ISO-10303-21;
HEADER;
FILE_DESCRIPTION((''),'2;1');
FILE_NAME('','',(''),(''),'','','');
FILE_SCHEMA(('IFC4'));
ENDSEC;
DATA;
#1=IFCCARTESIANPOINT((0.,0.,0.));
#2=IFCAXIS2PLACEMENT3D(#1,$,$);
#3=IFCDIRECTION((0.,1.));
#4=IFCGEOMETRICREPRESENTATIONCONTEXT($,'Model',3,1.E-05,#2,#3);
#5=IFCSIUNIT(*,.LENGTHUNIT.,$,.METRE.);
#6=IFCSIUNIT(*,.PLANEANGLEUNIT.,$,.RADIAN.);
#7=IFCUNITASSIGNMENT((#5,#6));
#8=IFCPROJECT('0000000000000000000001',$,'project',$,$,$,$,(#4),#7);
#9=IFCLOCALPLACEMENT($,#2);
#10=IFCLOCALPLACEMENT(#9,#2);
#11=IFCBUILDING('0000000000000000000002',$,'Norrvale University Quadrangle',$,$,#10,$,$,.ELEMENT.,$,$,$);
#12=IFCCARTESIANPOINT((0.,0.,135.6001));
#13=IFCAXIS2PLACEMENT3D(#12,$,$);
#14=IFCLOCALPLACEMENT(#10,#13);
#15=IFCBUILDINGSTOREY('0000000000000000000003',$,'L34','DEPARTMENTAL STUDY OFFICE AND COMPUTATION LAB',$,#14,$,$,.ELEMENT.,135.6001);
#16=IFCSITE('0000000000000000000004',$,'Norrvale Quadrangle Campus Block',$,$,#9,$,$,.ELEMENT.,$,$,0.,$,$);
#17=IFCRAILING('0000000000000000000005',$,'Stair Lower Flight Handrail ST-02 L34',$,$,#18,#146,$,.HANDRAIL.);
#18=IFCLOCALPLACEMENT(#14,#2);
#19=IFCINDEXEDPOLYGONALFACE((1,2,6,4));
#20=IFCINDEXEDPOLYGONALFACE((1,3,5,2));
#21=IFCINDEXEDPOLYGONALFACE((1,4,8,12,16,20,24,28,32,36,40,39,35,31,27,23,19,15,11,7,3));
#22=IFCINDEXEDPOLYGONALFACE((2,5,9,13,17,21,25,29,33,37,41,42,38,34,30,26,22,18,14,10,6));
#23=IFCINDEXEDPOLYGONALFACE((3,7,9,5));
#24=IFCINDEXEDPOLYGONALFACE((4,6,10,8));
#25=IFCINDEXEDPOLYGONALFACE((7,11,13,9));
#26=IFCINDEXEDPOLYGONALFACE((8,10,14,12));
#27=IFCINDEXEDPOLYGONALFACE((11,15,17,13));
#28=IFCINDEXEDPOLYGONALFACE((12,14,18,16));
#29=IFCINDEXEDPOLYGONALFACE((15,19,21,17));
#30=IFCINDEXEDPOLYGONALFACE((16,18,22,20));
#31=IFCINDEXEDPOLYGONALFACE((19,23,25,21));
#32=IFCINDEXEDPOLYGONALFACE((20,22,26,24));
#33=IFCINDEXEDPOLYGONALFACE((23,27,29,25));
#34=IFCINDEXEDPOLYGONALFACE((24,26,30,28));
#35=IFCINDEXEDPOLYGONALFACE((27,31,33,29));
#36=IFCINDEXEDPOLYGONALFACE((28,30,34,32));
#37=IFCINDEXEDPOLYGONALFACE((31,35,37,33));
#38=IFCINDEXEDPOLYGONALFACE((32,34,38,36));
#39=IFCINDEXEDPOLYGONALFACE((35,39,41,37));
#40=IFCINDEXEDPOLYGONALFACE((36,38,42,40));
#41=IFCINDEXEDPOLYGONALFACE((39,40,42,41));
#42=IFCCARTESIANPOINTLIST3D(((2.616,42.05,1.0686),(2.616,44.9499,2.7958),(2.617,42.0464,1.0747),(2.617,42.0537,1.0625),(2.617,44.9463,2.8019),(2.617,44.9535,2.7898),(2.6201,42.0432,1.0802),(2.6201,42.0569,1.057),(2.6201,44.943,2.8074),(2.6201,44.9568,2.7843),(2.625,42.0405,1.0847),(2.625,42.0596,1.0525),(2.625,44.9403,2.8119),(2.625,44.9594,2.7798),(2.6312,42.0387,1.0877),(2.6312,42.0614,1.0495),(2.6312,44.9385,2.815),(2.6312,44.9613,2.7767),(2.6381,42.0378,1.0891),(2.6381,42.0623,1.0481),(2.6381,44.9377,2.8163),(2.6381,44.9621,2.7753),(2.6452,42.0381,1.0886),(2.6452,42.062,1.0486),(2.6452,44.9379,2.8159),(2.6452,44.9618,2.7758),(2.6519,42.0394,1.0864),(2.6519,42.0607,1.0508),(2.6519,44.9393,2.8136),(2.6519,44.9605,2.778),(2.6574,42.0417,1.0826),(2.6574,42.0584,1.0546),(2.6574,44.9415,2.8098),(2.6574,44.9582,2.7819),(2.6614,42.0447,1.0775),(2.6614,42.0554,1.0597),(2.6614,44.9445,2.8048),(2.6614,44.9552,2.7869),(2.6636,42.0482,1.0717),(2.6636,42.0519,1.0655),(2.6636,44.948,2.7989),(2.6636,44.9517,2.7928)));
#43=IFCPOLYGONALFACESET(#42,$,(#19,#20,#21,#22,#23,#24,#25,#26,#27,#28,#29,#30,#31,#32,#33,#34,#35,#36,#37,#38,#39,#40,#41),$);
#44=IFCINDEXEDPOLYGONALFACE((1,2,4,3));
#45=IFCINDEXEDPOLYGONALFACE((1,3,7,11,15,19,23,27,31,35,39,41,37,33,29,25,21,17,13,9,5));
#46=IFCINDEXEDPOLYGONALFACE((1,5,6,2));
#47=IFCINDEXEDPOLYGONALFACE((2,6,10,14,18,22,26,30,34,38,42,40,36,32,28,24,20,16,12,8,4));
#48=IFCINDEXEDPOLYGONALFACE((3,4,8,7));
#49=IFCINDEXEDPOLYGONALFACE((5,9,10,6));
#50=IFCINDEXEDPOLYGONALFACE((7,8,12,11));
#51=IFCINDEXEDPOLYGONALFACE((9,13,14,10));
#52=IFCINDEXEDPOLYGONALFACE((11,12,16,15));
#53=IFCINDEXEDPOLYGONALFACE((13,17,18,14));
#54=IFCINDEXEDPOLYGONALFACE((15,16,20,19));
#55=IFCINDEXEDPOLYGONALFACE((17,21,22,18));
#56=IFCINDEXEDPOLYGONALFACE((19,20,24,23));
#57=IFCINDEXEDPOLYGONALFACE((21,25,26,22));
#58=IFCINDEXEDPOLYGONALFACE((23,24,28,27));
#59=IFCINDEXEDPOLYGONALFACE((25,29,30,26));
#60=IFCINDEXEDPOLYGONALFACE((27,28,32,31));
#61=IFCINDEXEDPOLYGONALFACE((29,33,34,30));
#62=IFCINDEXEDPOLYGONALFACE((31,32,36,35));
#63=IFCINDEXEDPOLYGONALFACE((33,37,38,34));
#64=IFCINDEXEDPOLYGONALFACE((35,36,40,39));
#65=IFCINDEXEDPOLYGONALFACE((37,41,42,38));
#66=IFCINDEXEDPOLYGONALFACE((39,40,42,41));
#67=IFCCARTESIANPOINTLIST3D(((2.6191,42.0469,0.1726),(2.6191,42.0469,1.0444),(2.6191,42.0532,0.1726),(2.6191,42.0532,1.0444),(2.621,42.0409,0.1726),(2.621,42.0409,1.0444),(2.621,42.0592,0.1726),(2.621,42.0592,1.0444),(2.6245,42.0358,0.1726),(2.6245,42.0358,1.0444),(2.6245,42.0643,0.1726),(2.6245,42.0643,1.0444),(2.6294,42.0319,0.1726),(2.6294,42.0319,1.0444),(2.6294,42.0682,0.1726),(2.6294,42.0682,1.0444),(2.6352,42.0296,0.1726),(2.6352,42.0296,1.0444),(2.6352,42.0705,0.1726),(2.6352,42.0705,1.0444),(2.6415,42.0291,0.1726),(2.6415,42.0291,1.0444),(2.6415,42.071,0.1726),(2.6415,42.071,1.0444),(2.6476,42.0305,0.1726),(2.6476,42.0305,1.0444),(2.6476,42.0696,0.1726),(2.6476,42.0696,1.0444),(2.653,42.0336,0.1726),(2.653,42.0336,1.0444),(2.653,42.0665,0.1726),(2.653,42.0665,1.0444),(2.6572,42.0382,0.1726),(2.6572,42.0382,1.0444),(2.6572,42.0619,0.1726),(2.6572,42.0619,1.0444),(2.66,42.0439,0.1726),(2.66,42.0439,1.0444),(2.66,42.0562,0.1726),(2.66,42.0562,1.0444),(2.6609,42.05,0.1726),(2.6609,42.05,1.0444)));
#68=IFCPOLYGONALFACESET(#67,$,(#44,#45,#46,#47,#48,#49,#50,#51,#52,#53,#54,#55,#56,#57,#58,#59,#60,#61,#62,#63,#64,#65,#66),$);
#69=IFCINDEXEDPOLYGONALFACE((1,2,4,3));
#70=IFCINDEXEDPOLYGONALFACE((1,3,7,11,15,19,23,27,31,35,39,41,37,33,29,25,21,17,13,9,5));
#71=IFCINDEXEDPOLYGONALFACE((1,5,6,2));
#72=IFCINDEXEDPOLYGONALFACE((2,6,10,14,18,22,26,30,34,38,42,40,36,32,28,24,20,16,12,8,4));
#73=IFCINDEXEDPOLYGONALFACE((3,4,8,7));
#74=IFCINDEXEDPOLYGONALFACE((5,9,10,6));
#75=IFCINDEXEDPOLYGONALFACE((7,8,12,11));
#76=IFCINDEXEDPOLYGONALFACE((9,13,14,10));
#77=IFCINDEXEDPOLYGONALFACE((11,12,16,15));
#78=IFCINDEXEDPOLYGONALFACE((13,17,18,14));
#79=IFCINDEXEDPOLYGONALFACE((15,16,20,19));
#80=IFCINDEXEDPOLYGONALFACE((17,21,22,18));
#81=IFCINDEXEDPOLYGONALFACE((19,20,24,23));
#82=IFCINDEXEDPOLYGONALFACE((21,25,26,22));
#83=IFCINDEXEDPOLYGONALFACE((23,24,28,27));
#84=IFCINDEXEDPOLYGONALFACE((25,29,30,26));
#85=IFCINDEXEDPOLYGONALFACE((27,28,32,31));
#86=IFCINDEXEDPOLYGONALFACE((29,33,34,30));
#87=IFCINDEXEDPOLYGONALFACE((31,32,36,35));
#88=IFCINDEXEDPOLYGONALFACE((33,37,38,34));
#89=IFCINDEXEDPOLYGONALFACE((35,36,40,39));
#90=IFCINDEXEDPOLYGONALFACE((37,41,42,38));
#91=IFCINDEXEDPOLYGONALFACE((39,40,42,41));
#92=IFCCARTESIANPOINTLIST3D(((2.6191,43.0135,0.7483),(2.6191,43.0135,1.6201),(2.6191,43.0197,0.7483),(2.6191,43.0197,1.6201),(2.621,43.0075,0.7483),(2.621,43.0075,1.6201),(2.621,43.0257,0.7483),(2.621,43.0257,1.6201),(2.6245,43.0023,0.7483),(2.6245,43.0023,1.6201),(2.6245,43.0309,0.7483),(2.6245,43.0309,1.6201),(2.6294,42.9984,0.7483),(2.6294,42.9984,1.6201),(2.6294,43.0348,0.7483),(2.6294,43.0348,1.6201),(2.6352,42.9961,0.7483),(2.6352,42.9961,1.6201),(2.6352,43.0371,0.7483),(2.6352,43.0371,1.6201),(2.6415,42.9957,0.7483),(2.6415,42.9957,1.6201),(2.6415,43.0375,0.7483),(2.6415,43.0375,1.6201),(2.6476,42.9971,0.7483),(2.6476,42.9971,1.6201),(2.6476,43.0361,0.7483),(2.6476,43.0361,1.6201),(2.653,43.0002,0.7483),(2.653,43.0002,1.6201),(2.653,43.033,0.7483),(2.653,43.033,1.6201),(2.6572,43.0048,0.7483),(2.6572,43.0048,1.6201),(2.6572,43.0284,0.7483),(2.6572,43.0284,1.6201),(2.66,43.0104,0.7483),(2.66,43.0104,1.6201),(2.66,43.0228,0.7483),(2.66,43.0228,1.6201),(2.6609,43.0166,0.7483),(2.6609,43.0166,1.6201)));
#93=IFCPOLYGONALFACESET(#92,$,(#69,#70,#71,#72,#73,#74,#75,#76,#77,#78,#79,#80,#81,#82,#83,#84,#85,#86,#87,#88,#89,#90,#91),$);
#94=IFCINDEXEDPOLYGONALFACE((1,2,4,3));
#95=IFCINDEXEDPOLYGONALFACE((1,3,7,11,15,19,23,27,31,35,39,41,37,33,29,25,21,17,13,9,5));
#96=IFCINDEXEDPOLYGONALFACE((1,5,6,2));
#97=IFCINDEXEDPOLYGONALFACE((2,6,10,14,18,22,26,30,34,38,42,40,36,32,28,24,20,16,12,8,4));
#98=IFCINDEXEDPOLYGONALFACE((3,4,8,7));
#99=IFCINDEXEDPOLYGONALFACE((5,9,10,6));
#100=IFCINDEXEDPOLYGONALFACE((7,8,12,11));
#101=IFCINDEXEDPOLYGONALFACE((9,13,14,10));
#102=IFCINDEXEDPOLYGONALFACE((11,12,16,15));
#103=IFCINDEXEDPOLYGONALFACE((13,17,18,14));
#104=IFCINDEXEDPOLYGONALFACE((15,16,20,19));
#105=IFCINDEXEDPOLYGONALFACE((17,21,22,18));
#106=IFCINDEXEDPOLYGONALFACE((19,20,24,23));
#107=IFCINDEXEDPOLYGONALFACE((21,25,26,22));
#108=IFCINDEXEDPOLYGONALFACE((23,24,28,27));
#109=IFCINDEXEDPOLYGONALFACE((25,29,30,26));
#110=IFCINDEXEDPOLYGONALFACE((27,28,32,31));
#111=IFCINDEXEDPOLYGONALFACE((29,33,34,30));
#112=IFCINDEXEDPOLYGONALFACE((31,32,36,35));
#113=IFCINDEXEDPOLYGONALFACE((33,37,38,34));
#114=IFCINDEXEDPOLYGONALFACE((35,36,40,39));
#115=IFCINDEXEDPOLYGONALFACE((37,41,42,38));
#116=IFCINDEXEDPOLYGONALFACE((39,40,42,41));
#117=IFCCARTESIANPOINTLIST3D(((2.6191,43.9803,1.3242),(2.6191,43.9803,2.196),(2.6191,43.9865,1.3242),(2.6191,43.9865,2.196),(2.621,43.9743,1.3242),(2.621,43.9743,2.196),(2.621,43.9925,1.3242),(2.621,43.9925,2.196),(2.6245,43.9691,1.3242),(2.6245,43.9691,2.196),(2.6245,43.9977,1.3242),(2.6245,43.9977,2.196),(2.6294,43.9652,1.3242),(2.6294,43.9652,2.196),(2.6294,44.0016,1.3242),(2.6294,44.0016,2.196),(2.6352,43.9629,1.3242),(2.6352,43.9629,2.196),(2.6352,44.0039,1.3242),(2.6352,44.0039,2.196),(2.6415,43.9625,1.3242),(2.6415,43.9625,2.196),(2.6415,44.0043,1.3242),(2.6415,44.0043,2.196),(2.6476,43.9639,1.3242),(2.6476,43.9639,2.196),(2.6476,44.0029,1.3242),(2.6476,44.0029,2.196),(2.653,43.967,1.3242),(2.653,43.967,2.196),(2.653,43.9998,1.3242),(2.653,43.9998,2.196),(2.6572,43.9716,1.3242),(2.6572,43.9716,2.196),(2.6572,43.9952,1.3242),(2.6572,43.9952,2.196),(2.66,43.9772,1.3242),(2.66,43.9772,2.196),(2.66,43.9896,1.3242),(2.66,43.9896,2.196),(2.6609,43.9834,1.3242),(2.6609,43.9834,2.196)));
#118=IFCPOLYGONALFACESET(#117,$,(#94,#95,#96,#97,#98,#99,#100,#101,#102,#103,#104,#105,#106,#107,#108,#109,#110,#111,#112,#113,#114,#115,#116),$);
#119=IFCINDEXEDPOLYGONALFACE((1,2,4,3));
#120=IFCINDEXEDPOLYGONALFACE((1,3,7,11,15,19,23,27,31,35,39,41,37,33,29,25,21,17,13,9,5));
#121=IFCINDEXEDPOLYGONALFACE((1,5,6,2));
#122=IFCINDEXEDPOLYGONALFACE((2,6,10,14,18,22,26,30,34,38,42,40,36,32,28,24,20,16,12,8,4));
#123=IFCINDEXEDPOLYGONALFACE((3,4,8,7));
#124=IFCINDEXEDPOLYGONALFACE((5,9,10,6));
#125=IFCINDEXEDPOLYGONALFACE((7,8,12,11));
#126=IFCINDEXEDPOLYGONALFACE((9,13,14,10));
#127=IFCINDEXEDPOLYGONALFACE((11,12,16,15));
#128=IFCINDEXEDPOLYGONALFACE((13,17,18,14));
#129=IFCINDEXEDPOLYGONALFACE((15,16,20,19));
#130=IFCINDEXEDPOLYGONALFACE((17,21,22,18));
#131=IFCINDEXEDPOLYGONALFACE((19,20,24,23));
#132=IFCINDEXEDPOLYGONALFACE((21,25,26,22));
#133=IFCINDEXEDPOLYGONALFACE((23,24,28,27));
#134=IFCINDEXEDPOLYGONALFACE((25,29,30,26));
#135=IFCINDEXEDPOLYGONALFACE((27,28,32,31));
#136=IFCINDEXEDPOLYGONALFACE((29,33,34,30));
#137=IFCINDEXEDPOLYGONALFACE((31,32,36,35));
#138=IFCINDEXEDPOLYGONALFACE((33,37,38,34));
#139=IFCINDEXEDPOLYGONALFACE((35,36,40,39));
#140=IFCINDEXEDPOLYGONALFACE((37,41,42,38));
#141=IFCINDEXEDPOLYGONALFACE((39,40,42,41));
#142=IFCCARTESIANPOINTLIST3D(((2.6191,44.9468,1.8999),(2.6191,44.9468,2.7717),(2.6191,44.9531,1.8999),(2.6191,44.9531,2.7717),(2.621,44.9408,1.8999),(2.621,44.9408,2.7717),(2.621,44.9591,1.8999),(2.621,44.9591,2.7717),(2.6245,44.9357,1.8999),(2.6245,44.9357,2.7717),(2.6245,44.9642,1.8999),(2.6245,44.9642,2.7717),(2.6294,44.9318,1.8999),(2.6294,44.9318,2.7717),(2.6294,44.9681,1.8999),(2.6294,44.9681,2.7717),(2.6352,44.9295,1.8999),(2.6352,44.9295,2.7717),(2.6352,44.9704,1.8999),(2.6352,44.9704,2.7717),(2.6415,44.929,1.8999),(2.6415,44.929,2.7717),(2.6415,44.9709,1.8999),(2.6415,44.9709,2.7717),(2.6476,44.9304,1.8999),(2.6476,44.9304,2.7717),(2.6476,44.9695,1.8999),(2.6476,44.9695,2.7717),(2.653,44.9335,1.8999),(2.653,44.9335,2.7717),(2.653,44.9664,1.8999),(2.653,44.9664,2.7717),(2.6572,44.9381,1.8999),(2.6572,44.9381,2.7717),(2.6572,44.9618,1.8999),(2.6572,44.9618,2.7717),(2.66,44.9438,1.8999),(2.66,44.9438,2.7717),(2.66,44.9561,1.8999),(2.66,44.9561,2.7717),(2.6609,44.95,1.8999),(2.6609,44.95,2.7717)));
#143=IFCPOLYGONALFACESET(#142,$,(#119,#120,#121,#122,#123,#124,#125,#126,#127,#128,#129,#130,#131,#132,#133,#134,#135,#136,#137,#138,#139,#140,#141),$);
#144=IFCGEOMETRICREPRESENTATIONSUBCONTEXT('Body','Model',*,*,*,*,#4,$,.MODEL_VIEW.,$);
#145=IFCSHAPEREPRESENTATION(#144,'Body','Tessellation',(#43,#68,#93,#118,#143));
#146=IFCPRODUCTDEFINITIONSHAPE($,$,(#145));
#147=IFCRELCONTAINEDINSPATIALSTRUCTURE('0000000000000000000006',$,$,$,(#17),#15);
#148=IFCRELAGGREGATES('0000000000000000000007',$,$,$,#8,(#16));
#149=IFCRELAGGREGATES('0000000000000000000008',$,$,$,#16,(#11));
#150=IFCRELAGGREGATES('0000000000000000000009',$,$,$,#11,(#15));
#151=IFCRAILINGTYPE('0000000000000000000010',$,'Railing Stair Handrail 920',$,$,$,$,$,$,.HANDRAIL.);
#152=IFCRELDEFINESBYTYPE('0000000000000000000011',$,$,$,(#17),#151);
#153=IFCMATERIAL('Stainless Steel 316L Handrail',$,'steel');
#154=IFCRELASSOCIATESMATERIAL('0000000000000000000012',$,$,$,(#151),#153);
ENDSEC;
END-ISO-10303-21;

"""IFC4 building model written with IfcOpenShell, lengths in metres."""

from ifc_helpers import new_model, si_unit, direction, frame, origin, origin_2d, place, context, subcontext, project, spatial, circle, extrude, material, type_object, element, save


model = new_model("IFC4")

# Units and contexts
model_context = context("Model", 3, precision=1e-05, world=origin(), true_north=direction((0.0, 1.0)))
body_context = subcontext(model_context, "Body", "Model", "MODEL_VIEW")
ifc_project = project(units=[si_unit("LENGTHUNIT", "METRE"), si_unit("PLANEANGLEUNIT", "RADIAN")], contexts=[model_context])

# Site, building, storey
site_placement = place(None, origin())
site = spatial("IfcSite", under=ifc_project, at=site_placement, Name="Norrvale Quadrangle Campus Block", CompositionType="ELEMENT", RefElevation=0.0)
building_placement = place(site_placement, origin())
building = spatial("IfcBuilding", under=site, at=building_placement, Name="Norrvale University Quadrangle", CompositionType="ELEMENT")
storey_placement = place(building_placement, frame((0.0, 0.0, 135.6001)))
storey = spatial("IfcBuildingStorey", under=building, at=storey_placement, Name="L34", Description="DEPARTMENTAL STUDY OFFICE AND COMPUTATION LAB", CompositionType="ELEMENT", Elevation=135.6001)

# Railing
ifc_material_1 = material(Name="Stainless Steel 316L Handrail", Category="steel")
railing_type_1 = type_object("IfcRailingType", Name="Railing Stair Handrail 920", PredefinedType="HANDRAIL", material=ifc_material_1)
railing_1_placement = place(storey_placement, frame((2.6399, 42.05, 0.1726)))
element("IfcRailing", 1, at=railing_1_placement, inside=storey, type_object=railing_type_1, Name="Stair Lower Flight Handrail ST-02 L34", PredefinedType="HANDRAIL", context=body_context, shape_type="SweptSolid", body=[
    extrude(circle(Radius=0.0239, at=origin_2d()), frame((0.0, 0.0, 0.896), z_axis=(0.0, 0.859141, 0.511738), x_axis=(-1.0, 0.0, 0.0)), (0.0, 0.0, 1.0), 3.3752),
    extrude(circle(Radius=0.021, at=origin_2d()), origin(), (0.0, 0.0, 1.0), 0.8718),
    extrude(circle(Radius=0.021, at=origin_2d()), frame((0.0, 0.9666, 0.5757)), (0.0, 0.0, 1.0), 0.8718),
    extrude(circle(Radius=0.021, at=origin_2d()), frame((0.0, 1.9333, 1.1516)), (0.0, 0.0, 1.0), 0.8718),
    extrude(circle(Radius=0.021, at=origin_2d()), frame((0.0, 2.8999, 1.7273)), (0.0, 0.0, 1.0), 0.8718),
])

save(model, "model.ifc")
